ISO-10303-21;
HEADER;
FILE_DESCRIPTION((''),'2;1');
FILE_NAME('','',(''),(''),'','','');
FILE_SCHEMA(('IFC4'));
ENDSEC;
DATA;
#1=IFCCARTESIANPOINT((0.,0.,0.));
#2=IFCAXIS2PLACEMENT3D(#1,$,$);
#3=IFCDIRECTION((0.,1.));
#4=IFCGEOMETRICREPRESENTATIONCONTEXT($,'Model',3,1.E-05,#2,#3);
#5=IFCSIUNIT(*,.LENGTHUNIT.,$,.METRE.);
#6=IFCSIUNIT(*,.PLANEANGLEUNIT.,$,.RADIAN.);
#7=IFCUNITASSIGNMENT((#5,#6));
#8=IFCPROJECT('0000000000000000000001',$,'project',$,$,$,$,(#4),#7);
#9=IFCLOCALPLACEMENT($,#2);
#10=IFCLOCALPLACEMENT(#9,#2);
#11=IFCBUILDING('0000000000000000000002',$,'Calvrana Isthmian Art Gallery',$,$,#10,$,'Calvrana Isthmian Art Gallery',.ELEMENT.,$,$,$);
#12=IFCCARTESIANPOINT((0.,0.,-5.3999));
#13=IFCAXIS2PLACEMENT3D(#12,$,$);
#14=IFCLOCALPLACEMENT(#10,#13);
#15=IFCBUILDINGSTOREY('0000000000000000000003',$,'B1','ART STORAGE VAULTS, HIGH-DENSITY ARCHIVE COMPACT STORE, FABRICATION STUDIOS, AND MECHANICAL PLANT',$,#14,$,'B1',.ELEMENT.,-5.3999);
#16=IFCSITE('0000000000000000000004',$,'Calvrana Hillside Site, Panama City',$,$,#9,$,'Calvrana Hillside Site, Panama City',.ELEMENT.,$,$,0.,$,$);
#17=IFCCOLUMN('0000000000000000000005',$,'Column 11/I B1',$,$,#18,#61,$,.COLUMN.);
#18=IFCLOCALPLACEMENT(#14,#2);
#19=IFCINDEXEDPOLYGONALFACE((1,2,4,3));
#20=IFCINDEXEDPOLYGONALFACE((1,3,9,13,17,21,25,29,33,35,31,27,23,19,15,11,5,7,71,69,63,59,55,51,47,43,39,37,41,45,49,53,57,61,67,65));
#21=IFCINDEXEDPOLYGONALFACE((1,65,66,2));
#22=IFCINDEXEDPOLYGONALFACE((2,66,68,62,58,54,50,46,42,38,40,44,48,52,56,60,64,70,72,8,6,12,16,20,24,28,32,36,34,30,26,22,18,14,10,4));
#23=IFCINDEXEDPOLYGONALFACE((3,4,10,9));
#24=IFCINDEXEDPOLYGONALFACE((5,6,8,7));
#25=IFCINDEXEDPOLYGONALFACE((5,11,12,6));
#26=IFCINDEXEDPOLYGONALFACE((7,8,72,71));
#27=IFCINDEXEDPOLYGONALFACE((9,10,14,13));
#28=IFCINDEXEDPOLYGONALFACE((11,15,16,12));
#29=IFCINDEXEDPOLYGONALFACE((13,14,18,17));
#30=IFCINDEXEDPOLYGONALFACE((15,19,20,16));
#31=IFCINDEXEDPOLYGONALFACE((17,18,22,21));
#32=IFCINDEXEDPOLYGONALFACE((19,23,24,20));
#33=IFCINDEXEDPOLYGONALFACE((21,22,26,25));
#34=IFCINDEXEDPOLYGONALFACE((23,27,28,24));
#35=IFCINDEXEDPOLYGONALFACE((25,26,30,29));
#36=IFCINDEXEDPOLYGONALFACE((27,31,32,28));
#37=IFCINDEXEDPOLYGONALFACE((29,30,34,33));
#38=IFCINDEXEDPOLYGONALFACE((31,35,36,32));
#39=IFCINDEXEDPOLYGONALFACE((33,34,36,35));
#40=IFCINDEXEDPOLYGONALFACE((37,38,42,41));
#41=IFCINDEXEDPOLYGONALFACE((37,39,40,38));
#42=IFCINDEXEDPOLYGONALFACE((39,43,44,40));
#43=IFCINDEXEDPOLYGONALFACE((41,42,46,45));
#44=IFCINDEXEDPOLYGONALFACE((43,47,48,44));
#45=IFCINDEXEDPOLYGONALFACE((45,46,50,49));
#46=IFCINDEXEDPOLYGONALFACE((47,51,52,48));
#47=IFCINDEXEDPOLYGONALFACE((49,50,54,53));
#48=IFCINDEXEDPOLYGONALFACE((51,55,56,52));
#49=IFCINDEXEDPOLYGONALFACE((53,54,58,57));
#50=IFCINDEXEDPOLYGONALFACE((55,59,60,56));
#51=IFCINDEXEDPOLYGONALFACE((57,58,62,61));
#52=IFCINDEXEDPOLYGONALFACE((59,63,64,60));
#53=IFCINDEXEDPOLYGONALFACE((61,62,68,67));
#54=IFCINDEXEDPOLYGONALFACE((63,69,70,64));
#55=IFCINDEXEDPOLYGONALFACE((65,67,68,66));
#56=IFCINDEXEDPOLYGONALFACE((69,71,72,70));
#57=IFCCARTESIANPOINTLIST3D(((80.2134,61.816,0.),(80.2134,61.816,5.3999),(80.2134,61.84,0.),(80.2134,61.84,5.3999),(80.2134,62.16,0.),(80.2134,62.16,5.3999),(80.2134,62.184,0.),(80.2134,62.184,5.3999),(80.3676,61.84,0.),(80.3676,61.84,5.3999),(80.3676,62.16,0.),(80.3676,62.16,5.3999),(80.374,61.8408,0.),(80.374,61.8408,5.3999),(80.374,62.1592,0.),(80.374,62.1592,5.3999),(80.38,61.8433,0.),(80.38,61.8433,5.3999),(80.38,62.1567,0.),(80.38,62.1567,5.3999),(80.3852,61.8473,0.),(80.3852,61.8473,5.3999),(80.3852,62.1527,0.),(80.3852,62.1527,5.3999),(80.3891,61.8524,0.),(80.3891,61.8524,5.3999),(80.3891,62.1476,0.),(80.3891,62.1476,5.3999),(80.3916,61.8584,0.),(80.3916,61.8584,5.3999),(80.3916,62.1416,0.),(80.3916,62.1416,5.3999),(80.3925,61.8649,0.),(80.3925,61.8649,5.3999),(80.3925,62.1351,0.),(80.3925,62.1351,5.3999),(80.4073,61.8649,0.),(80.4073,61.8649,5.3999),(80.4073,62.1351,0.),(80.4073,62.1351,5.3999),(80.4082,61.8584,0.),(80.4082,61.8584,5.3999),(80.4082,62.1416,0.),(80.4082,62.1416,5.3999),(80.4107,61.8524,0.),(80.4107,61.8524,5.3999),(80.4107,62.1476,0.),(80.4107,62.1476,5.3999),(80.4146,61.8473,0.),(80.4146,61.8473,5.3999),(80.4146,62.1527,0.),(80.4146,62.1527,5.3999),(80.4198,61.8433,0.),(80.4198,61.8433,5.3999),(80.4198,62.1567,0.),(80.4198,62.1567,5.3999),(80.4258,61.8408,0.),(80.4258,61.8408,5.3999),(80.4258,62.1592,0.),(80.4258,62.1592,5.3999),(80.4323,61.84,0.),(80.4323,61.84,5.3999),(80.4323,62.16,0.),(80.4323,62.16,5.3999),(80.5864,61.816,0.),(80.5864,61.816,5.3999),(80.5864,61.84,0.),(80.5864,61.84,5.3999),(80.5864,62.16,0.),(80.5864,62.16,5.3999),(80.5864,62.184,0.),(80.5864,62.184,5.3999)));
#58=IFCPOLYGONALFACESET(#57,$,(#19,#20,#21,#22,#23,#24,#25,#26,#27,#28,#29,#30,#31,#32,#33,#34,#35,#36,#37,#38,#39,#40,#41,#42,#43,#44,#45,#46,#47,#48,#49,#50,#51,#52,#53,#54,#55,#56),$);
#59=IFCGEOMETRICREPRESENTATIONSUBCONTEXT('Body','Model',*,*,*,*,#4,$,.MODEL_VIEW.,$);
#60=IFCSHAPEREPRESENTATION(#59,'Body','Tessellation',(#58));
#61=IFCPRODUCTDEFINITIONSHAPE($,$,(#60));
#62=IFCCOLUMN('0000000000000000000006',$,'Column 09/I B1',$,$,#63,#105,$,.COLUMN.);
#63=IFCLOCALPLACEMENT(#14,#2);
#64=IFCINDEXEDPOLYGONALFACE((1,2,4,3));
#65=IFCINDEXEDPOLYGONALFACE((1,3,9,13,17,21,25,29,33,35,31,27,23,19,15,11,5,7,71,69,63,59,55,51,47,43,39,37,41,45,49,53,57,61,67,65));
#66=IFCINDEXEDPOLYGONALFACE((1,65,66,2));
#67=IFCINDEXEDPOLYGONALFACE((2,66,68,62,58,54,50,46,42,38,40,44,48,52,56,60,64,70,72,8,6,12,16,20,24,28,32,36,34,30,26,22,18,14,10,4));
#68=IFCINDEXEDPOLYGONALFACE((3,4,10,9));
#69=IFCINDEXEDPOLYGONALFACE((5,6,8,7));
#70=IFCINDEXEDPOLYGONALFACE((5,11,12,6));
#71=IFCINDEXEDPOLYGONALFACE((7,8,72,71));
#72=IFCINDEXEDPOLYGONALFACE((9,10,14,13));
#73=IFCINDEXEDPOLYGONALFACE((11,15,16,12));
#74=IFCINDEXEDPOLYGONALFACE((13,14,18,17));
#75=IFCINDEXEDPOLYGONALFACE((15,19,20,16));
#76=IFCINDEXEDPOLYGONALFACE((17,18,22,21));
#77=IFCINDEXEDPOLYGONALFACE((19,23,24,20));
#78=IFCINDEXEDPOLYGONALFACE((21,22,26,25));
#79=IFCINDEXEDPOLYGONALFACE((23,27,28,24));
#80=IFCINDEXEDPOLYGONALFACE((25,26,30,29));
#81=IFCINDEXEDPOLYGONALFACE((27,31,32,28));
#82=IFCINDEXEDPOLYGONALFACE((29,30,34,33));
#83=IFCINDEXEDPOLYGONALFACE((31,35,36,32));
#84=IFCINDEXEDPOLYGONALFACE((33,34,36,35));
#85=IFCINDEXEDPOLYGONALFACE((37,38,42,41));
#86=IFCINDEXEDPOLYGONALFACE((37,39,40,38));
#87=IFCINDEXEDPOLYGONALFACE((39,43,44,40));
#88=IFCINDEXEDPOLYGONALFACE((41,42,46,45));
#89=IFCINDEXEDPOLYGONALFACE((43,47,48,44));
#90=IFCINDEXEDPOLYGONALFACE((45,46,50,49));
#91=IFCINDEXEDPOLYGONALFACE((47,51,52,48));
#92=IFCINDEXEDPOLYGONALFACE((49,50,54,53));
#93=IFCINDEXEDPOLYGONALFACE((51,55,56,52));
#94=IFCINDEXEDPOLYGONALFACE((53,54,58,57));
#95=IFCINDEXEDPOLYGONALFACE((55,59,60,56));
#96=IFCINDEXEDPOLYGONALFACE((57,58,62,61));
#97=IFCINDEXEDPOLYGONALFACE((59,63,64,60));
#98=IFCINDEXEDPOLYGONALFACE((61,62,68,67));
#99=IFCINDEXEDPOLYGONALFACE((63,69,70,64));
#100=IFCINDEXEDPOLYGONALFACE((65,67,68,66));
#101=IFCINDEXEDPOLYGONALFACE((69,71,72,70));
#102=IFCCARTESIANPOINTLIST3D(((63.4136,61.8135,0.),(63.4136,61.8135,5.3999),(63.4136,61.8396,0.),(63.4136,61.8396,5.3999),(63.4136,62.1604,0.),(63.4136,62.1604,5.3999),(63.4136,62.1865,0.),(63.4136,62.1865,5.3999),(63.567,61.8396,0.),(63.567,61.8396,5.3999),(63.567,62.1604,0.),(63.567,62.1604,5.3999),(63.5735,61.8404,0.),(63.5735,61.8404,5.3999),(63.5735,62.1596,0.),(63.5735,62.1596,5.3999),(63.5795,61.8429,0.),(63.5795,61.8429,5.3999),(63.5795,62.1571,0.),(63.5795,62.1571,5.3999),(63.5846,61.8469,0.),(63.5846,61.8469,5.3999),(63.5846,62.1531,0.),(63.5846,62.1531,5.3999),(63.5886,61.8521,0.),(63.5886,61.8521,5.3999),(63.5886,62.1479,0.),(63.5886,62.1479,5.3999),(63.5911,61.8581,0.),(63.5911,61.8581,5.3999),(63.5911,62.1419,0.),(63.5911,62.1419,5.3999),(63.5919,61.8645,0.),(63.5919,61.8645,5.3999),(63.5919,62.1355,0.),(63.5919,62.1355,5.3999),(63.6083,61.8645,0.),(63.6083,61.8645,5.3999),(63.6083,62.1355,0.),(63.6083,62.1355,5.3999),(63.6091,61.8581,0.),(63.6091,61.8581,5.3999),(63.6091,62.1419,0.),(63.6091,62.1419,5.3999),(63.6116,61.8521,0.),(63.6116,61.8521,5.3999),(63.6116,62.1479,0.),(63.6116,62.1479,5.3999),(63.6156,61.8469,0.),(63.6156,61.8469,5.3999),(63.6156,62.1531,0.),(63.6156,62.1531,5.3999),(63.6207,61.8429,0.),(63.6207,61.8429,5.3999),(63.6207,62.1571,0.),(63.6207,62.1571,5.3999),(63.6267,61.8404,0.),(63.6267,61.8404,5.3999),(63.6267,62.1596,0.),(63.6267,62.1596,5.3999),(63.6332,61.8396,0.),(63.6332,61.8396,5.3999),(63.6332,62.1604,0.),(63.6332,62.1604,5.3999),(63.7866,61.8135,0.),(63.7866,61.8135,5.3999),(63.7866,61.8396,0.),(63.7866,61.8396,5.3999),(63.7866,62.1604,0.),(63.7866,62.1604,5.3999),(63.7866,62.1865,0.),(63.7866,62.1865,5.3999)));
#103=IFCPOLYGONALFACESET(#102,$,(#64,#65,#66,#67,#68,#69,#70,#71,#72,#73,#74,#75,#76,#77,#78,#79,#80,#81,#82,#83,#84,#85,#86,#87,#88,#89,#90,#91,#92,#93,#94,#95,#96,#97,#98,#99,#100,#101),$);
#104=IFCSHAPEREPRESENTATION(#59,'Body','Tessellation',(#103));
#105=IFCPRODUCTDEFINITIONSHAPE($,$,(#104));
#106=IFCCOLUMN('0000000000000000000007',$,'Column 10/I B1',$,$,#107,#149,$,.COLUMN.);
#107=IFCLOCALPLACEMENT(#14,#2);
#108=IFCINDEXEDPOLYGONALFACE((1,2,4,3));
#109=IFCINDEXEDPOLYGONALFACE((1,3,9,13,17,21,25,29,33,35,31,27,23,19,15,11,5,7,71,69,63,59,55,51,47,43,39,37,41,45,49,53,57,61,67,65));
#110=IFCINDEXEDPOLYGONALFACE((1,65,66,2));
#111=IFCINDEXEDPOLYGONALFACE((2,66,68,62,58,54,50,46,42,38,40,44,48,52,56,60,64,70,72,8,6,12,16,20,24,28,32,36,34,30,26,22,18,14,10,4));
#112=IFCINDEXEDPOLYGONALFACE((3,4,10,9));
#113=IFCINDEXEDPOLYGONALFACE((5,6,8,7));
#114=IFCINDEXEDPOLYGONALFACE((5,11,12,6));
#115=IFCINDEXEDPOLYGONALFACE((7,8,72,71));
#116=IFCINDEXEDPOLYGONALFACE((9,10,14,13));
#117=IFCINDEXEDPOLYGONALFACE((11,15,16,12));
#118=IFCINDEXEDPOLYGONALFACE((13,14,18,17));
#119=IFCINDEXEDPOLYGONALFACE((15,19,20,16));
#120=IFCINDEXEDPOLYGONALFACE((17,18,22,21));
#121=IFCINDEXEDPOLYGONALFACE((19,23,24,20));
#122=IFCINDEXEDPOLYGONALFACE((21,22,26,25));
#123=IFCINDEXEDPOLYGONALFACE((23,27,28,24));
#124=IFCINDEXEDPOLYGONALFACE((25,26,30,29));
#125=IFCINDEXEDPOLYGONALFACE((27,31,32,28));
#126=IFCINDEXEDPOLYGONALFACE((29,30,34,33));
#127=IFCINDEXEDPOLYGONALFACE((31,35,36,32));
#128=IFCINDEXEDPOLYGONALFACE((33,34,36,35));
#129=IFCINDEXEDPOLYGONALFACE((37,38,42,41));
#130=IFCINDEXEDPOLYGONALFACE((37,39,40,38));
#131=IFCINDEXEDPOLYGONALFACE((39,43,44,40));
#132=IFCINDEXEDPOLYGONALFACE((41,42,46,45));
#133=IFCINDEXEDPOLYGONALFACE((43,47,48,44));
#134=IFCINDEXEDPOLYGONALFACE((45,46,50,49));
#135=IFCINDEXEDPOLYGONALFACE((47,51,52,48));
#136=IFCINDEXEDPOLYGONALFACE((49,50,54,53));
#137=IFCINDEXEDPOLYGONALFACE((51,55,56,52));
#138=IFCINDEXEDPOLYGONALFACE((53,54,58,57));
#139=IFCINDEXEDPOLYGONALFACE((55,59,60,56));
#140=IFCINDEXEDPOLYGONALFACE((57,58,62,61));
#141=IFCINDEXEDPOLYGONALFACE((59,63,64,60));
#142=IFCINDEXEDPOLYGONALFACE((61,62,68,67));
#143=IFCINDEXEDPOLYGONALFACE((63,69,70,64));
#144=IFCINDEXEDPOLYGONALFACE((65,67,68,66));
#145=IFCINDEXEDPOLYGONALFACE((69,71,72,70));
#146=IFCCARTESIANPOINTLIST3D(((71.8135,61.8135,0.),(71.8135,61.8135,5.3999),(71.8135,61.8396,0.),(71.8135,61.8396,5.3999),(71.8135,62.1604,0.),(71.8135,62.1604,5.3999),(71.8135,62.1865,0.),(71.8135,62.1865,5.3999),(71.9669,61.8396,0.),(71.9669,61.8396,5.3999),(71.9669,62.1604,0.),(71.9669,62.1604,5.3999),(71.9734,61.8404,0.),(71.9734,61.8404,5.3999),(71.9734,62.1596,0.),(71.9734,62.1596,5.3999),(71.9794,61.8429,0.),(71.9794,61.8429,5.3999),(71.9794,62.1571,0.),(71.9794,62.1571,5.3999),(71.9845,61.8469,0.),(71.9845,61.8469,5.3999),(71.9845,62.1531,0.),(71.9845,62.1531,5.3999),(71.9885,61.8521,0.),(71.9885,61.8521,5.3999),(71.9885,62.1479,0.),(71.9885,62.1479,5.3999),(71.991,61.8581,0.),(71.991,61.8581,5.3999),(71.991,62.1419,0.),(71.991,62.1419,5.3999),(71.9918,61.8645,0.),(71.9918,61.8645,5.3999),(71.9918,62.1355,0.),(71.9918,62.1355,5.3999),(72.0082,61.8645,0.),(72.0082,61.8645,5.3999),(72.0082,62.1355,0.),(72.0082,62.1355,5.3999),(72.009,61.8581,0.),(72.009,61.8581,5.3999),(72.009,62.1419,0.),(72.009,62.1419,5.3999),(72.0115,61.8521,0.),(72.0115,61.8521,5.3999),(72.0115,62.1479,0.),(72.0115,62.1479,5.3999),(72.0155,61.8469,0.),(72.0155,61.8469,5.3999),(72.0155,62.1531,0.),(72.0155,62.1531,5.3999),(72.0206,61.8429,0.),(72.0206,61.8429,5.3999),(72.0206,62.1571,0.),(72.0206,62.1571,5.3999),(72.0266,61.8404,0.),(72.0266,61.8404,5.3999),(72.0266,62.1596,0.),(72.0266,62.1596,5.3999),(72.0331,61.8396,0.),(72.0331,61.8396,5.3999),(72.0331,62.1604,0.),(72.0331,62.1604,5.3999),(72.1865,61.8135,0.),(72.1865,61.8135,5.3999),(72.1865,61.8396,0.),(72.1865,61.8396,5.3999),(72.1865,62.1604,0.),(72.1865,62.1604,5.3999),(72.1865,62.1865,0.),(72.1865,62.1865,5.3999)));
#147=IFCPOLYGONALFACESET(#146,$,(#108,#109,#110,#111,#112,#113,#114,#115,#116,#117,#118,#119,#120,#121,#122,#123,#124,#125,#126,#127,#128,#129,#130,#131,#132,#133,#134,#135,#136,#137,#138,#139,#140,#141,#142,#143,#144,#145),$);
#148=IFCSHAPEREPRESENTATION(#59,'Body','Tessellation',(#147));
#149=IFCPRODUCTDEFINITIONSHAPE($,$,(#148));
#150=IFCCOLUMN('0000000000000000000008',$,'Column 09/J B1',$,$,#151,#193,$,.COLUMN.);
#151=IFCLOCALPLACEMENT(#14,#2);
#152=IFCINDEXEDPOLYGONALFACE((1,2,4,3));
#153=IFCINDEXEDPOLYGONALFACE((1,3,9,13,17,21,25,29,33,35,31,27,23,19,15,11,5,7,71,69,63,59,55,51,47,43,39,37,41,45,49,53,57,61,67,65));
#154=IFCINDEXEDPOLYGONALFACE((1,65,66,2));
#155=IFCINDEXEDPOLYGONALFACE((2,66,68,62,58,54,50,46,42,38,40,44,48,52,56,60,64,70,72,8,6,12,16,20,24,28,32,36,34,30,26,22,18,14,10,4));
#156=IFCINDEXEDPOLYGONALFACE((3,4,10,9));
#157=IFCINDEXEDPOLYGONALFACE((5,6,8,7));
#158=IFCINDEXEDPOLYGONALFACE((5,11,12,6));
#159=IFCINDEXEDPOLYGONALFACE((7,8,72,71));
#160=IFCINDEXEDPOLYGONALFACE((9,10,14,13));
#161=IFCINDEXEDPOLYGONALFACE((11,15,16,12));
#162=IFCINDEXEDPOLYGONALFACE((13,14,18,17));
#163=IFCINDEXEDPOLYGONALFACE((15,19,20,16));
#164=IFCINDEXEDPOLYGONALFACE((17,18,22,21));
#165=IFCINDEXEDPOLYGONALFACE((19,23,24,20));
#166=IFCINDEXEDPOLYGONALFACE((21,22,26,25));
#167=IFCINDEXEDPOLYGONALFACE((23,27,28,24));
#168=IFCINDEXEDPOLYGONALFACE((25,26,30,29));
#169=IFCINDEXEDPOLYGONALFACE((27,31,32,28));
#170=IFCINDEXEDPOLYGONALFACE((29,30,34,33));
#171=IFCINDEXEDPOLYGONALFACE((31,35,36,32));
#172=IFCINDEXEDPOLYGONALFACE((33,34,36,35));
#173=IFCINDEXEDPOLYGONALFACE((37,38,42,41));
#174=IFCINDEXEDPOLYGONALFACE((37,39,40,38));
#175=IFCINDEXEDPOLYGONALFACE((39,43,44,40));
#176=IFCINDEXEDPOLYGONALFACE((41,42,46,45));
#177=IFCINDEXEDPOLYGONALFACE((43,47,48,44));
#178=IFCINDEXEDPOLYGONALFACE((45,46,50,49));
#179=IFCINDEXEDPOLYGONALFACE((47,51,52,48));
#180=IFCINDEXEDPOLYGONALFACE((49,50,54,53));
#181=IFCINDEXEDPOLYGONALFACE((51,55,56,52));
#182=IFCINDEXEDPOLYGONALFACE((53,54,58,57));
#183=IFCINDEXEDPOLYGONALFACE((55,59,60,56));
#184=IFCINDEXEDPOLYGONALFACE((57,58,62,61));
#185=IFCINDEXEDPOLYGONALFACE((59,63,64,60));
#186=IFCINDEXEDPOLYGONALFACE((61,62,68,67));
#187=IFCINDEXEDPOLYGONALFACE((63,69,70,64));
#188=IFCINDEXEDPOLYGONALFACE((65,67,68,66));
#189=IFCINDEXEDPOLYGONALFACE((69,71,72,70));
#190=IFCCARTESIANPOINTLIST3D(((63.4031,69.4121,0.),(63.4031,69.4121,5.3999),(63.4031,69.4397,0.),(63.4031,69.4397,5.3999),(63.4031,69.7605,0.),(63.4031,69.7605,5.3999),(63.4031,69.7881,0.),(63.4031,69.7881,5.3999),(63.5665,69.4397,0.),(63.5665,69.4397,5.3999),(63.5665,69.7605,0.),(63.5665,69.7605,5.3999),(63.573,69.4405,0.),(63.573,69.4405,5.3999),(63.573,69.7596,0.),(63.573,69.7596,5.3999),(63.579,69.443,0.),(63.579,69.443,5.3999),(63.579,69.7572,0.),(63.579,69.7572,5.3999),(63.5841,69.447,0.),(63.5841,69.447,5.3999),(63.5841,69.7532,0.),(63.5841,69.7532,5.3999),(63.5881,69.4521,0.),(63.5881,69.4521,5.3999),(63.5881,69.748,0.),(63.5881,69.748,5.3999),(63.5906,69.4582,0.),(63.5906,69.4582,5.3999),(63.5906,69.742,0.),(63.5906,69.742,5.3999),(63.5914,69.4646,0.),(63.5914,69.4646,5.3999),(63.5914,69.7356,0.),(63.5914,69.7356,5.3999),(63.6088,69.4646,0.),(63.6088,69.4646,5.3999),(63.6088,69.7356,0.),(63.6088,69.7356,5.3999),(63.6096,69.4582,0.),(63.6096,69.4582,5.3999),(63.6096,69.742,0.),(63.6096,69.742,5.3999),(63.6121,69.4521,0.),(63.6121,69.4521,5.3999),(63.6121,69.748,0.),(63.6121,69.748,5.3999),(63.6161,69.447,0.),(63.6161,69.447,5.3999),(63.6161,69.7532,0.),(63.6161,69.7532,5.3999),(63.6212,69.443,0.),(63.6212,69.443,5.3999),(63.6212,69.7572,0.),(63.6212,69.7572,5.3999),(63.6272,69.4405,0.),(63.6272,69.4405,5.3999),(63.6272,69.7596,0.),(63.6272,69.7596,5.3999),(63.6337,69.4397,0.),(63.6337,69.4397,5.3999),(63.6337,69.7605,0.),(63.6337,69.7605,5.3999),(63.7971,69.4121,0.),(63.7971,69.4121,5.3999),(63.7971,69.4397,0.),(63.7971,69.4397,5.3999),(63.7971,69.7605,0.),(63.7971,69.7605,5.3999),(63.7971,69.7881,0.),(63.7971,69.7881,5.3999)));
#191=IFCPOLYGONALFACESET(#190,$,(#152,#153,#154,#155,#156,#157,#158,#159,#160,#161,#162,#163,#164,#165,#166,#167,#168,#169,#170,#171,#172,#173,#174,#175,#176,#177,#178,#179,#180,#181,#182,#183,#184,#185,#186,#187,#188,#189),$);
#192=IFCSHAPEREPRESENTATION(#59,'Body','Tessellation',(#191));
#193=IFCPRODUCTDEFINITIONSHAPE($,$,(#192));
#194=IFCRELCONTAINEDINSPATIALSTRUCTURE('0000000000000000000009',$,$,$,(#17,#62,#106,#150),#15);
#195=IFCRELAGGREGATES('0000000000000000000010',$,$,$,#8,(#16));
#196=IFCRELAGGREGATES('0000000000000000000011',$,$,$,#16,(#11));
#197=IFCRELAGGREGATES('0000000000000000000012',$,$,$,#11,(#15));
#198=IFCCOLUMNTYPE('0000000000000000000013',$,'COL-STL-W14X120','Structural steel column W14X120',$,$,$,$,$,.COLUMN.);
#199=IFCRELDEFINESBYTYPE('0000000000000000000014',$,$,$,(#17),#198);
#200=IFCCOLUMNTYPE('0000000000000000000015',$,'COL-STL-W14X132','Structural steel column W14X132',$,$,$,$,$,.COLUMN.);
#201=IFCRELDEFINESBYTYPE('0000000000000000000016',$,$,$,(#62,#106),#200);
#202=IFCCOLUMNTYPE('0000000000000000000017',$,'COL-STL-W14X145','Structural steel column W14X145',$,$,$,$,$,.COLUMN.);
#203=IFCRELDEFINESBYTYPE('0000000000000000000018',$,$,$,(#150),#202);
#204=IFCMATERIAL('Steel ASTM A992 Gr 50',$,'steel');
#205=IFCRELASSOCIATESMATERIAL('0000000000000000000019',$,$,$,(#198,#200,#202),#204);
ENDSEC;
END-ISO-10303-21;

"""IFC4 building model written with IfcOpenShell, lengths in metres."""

from ifc_helpers import new_model, si_unit, direction, frame, origin, origin_2d, place, context, subcontext, project, spatial, i_section, extrude, material, material_profile, profile_set, type_object, element, save


model = new_model("IFC4")

# Units and contexts
model_context = context("Model", 3, precision=1e-05, world=origin(), true_north=direction((0.0, 1.0)))
body_context = subcontext(model_context, "Body", "Model", "MODEL_VIEW")
ifc_project = project(units=[si_unit("LENGTHUNIT", "METRE"), si_unit("PLANEANGLEUNIT", "RADIAN")], contexts=[model_context])

# Site, building, storey
site_placement = place(None, origin())
site = spatial("IfcSite", under=ifc_project, at=site_placement, Name="Calvrana Hillside Site, Panama City", LongName="Calvrana Hillside Site, Panama City", CompositionType="ELEMENT", RefElevation=0.0)
building_placement = place(site_placement, origin())
building = spatial("IfcBuilding", under=site, at=building_placement, Name="Calvrana Isthmian Art Gallery", LongName="Calvrana Isthmian Art Gallery", CompositionType="ELEMENT")
storey_placement = place(building_placement, frame((0.0, 0.0, -5.3999)))
storey = spatial("IfcBuildingStorey", under=building, at=storey_placement, Name="B1", Description="ART STORAGE VAULTS, HIGH-DENSITY ARCHIVE COMPACT STORE, FABRICATION STUDIOS, AND MECHANICAL PLANT", LongName="B1", CompositionType="ELEMENT", Elevation=-5.3999)

# Columns
ifc_material_1 = material(Name="Steel ASTM A992 Gr 50", Category="steel")
ifc_material_profile_1 = material_profile(ifc_material_1, i_section(OverallWidth=0.373, OverallDepth=0.3679, WebThickness=0.0149, FlangeThickness=0.0239, FilletRadius=0.0249, at=origin_2d()), Name="W14X120")
ifc_profile_set_1 = profile_set([ifc_material_profile_1], Name="Steel ASTM A992 Gr 50")
column_type_1 = type_object("IfcColumnType", Name="COL-STL-W14X120", Description="Structural steel column W14X120", PredefinedType="COLUMN", material=ifc_profile_set_1)
for number, where, z_axis, x_axis, name in (
    (1, (80.3999, 62.0, 0.0), (0.0, 0.0, 1.0), (1.0, 0.0, 0.0), "Column 11/I B1"),
):
    element("IfcColumn", number, at=place(storey_placement, frame(where, z_axis=z_axis, x_axis=x_axis)), inside=storey, type_object=column_type_1, Name=name, PredefinedType="COLUMN", context=body_context, shape_type="SweptSolid", body=[
        extrude(i_section(OverallWidth=0.373, OverallDepth=0.3679, WebThickness=0.0149, FlangeThickness=0.0239, FilletRadius=0.0249, at=origin_2d()), origin(), (0.0, 0.0, 1.0), 5.3999),
    ])
ifc_material_profile_2 = material_profile(ifc_material_1, i_section(OverallWidth=0.373, OverallDepth=0.373, WebThickness=0.0164, FlangeThickness=0.0261, FilletRadius=0.0249, at=origin_2d()), Name="W14X132")
ifc_profile_set_2 = profile_set([ifc_material_profile_2], Name="Steel ASTM A992 Gr 50")
column_type_2 = type_object("IfcColumnType", Name="COL-STL-W14X132", Description="Structural steel column W14X132", PredefinedType="COLUMN", material=ifc_profile_set_2)
for number, where, z_axis, x_axis, name in (
    (2, (63.6001, 62.0, 0.0), (0.0, 0.0, 1.0), (1.0, 0.0, 0.0), "Column 09/I B1"),
    (3, (72.0, 62.0, 0.0), (0.0, 0.0, 1.0), (1.0, 0.0, 0.0), "Column 10/I B1"),
):
    element("IfcColumn", number, at=place(storey_placement, frame(where, z_axis=z_axis, x_axis=x_axis)), inside=storey, type_object=column_type_2, Name=name, PredefinedType="COLUMN", context=body_context, shape_type="SweptSolid", body=[
        extrude(i_section(OverallWidth=0.373, OverallDepth=0.373, WebThickness=0.0164, FlangeThickness=0.0261, FilletRadius=0.0249, at=origin_2d()), origin(), (0.0, 0.0, 1.0), 5.3999),
    ])
ifc_material_profile_3 = material_profile(ifc_material_1, i_section(OverallWidth=0.394, OverallDepth=0.376, WebThickness=0.0173, FlangeThickness=0.0276, FilletRadius=0.0249, at=origin_2d()), Name="W14X145")
ifc_profile_set_3 = profile_set([ifc_material_profile_3], Name="Steel ASTM A992 Gr 50")
column_type_3 = type_object("IfcColumnType", Name="COL-STL-W14X145", Description="Structural steel column W14X145", PredefinedType="COLUMN", material=ifc_profile_set_3)
column_1_placement = place(storey_placement, frame((63.6001, 69.6001, 0.0), z_axis=(0.0, 0.0, 1.0), x_axis=(1.0, 0.0, 0.0)))
element("IfcColumn", 4, at=column_1_placement, inside=storey, type_object=column_type_3, Name="Column 09/J B1", PredefinedType="COLUMN", context=body_context, shape_type="SweptSolid", body=[
    extrude(i_section(OverallWidth=0.394, OverallDepth=0.376, WebThickness=0.0173, FlangeThickness=0.0276, FilletRadius=0.0249, at=origin_2d()), origin(), (0.0, 0.0, 1.0), 5.3999),
])

save(model, "model.ifc")
